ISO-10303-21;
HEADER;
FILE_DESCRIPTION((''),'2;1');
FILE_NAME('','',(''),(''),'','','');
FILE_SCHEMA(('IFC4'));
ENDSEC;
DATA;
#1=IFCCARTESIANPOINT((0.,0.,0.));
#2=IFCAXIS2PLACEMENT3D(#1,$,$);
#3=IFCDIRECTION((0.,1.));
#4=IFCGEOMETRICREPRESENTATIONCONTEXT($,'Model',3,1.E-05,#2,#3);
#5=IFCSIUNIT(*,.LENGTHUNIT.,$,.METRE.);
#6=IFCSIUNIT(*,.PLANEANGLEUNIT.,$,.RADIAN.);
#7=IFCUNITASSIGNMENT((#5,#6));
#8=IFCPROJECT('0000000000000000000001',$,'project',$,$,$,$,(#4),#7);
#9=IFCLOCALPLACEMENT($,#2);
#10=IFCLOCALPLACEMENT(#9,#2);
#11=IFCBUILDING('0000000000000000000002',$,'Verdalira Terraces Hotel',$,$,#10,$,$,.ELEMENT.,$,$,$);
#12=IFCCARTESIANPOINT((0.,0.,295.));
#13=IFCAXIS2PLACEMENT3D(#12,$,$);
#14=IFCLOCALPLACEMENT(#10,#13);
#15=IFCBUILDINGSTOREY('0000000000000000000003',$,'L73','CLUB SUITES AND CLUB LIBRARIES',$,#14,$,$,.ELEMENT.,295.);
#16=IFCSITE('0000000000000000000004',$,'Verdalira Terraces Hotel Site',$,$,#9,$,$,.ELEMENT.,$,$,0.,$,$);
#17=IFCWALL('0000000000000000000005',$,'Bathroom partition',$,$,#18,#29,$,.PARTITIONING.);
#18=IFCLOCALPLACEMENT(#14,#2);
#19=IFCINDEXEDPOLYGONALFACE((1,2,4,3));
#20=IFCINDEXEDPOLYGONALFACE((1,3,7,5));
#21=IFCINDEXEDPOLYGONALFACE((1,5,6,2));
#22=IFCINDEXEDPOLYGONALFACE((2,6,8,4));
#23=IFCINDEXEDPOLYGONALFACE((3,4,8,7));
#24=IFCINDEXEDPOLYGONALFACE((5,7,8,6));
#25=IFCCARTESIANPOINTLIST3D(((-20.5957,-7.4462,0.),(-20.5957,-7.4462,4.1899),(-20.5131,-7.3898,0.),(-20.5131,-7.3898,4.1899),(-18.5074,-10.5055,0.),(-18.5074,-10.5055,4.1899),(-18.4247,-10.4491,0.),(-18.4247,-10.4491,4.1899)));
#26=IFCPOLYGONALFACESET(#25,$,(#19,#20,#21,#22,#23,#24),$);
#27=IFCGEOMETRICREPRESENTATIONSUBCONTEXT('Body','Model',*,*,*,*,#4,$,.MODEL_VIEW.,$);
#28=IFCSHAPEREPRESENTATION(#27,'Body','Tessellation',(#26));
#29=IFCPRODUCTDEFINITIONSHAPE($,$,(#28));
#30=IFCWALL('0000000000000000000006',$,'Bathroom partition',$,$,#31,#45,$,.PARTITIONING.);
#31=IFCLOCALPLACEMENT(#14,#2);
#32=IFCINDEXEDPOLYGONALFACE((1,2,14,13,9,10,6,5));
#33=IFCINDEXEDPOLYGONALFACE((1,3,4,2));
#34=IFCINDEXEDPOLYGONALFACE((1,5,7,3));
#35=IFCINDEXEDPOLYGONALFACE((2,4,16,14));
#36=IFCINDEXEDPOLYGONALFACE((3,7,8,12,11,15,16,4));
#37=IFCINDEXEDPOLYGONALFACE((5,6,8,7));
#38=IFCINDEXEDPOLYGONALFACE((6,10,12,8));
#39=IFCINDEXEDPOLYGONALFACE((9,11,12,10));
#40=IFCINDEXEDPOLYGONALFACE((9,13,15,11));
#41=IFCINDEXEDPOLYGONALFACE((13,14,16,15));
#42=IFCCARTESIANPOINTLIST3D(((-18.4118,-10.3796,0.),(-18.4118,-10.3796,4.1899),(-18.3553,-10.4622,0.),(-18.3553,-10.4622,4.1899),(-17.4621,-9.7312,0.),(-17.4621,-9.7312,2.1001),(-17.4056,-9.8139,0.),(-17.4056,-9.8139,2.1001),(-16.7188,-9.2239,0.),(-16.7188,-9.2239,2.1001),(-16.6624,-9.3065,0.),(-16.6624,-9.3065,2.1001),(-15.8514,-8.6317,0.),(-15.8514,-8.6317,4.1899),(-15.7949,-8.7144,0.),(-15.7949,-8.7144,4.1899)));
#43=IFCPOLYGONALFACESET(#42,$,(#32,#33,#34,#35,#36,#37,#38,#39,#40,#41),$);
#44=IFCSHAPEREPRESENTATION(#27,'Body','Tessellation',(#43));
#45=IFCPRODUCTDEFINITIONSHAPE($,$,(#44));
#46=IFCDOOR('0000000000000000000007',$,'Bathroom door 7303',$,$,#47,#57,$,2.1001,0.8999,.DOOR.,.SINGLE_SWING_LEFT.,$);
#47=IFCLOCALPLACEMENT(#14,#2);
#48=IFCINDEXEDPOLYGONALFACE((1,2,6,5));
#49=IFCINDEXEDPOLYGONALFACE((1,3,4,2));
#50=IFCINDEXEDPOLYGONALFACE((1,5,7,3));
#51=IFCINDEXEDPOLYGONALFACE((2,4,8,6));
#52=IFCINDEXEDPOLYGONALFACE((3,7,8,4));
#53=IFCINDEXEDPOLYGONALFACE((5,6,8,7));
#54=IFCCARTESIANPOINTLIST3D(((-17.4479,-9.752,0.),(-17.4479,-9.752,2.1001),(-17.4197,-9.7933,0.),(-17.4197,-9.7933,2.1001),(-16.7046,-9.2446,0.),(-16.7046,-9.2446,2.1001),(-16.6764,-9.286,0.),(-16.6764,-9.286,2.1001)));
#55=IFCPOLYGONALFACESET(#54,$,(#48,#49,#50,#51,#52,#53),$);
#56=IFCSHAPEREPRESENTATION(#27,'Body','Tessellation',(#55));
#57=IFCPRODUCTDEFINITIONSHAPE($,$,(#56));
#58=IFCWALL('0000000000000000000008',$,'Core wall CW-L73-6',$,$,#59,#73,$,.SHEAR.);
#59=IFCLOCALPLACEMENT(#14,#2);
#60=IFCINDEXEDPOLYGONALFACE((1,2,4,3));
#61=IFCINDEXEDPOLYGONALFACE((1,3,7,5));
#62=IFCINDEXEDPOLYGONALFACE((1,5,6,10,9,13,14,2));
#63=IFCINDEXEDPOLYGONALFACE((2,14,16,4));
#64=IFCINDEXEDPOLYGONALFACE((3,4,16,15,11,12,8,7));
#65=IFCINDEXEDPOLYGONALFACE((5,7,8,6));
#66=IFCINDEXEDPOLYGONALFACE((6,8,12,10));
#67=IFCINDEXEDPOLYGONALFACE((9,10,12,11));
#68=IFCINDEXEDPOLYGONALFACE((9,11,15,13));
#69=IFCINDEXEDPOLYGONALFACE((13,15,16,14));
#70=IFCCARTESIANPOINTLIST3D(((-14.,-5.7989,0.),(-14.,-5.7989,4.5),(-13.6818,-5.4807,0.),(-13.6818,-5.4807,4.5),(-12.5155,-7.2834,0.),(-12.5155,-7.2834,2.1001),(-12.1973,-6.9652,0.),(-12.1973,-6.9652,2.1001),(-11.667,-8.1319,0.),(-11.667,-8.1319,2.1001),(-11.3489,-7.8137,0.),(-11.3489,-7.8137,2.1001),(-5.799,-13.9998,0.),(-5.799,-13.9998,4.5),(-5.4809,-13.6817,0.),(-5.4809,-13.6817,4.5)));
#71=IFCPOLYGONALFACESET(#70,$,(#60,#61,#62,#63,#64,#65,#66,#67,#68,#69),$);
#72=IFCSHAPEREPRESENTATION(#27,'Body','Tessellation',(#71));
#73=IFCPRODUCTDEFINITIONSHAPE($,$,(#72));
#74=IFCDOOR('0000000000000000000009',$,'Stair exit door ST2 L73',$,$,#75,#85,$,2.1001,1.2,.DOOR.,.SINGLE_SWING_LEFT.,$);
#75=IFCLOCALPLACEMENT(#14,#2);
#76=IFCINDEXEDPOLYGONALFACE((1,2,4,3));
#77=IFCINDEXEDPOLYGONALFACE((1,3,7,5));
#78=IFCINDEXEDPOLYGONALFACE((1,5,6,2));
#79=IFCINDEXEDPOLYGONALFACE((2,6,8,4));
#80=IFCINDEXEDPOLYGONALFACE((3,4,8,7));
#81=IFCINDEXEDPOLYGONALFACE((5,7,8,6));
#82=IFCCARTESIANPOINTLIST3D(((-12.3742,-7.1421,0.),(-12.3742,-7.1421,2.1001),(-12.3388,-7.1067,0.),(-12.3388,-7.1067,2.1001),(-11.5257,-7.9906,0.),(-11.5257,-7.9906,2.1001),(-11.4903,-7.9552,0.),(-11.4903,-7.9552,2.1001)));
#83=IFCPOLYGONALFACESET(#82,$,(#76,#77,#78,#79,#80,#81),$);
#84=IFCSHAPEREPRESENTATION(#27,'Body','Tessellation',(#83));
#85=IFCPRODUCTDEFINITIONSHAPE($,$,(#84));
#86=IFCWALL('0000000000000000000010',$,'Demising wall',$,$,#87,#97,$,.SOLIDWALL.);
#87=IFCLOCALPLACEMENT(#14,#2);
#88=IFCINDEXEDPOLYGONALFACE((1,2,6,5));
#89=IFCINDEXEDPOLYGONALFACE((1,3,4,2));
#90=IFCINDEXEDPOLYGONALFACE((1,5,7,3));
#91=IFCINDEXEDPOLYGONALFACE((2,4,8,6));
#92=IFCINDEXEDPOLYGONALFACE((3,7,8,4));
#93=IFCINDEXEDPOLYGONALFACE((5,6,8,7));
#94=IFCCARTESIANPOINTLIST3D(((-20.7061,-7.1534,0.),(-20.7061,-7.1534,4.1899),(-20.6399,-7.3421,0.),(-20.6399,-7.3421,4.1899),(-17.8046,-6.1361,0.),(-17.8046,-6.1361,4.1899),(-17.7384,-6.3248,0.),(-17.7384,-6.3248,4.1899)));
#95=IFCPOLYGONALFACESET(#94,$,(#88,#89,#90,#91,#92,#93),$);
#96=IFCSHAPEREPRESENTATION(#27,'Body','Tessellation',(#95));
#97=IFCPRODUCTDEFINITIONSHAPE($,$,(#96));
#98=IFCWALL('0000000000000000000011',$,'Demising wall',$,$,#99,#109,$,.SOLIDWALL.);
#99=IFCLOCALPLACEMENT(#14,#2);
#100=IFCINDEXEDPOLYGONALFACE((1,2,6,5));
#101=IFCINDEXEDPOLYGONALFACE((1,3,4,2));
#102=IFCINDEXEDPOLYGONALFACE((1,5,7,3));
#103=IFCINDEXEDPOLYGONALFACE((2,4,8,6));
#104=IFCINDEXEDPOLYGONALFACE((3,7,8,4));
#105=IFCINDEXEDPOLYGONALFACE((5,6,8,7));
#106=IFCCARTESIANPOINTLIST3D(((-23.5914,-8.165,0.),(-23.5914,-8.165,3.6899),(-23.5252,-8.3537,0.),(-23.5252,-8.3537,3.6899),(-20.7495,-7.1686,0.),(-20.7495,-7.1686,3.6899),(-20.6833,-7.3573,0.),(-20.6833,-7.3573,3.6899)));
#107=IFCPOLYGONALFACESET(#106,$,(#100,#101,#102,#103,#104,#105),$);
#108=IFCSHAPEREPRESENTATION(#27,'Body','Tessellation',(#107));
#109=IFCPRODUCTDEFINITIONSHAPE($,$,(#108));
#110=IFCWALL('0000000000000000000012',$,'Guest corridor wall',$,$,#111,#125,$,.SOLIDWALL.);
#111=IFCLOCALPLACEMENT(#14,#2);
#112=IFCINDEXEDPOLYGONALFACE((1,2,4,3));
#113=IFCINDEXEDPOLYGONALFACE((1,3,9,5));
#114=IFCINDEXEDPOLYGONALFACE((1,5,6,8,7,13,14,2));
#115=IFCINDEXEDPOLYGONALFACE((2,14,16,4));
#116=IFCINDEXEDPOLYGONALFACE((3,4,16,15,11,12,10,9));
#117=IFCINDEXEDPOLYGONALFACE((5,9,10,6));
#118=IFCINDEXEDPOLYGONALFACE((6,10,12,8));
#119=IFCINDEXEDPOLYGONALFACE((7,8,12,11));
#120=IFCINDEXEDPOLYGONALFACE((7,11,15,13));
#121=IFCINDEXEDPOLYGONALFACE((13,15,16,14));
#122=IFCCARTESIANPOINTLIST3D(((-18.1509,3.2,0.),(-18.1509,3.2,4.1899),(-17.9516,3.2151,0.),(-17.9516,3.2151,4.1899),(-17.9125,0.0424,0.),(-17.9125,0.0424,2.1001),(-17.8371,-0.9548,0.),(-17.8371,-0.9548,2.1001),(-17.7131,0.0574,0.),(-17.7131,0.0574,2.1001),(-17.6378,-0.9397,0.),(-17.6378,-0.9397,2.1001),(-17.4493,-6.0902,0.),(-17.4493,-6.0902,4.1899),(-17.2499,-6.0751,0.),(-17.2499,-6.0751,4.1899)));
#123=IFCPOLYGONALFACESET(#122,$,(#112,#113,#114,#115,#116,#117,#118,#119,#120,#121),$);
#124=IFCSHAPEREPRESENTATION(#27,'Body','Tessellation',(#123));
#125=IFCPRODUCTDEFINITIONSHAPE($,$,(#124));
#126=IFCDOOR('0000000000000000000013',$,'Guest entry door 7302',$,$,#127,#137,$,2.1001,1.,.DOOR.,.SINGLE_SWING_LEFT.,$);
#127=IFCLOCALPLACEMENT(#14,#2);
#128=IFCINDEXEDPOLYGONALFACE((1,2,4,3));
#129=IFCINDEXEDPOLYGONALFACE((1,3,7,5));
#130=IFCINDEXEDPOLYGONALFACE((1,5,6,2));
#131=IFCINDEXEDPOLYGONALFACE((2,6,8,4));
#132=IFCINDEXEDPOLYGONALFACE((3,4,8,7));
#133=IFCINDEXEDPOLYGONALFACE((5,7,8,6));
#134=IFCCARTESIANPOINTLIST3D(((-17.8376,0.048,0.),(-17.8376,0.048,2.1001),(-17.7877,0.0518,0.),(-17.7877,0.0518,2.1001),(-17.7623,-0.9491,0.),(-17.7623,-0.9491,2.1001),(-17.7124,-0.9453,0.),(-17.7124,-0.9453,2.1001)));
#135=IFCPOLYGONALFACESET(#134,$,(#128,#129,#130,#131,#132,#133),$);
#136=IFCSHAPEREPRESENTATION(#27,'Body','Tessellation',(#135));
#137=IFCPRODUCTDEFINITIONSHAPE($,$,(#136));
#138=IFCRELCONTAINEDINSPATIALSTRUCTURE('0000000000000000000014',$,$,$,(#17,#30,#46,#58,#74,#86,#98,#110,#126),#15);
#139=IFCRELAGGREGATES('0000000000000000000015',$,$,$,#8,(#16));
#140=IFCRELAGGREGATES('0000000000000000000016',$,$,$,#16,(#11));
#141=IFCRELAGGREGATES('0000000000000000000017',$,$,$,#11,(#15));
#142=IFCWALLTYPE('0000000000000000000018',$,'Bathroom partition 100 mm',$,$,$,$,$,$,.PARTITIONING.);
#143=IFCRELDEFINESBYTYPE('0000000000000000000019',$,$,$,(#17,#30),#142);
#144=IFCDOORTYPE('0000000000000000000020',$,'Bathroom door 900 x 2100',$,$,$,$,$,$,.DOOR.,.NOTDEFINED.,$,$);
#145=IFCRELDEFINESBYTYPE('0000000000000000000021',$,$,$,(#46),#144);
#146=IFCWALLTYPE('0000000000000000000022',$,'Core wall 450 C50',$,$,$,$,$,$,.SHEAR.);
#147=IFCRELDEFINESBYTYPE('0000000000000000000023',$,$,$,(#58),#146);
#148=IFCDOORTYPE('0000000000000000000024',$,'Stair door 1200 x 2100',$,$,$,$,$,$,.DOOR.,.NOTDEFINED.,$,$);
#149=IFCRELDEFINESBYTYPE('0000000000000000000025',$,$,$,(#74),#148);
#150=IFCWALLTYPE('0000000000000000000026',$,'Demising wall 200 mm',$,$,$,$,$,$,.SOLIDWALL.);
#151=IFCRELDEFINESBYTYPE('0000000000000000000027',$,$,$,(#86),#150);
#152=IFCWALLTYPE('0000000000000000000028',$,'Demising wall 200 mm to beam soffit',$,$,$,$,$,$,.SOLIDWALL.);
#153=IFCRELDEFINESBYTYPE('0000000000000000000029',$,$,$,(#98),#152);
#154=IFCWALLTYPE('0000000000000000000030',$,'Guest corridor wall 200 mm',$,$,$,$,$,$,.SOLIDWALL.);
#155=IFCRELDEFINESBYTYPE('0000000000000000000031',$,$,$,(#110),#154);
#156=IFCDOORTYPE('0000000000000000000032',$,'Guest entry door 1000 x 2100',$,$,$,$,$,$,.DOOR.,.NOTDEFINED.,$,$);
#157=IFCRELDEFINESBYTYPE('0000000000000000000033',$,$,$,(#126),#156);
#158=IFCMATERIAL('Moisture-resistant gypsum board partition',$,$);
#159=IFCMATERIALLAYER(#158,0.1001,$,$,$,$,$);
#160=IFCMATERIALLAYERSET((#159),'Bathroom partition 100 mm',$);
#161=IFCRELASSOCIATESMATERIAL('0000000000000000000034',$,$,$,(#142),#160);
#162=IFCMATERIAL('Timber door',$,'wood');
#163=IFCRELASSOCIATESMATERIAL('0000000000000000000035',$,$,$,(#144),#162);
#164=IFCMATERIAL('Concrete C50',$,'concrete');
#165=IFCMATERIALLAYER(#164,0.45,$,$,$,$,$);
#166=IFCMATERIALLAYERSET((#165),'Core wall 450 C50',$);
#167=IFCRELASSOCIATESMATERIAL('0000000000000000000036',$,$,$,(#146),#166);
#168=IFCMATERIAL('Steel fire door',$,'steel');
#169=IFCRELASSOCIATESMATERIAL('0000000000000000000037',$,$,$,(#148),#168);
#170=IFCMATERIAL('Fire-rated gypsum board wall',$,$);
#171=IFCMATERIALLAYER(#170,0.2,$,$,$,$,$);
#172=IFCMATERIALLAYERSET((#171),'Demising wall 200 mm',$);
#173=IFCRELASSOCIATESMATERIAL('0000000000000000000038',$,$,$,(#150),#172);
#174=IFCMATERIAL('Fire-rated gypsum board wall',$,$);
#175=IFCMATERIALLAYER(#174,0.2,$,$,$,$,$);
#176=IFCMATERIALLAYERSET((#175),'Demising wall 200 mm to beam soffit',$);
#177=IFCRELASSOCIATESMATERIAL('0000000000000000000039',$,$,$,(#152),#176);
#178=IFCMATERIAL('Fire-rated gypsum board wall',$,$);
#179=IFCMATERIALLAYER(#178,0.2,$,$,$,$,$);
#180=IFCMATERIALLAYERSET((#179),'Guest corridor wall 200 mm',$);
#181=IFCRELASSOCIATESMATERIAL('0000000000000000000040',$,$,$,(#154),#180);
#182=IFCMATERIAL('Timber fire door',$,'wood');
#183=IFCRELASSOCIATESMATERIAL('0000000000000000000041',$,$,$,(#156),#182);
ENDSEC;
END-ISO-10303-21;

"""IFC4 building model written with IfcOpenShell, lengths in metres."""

from ifc_helpers import new_model, si_unit, direction, frame, frame_2d, origin, place, context, subcontext, project, spatial, rectangle, extrude, material, layer, layer_set, type_object, element, fill, save


model = new_model("IFC4")

# Units and contexts
model_context = context("Model", 3, precision=1e-05, world=origin(), true_north=direction((0.0, 1.0)))
body_context = subcontext(model_context, "Body", "Model", "MODEL_VIEW")
ifc_project = project(units=[si_unit("LENGTHUNIT", "METRE"), si_unit("PLANEANGLEUNIT", "RADIAN")], contexts=[model_context])

# Site, building, storey
site_placement = place(None, origin())
site = spatial("IfcSite", under=ifc_project, at=site_placement, Name="Verdalira Terraces Hotel Site", CompositionType="ELEMENT", RefElevation=0.0)
building_placement = place(site_placement, origin())
building = spatial("IfcBuilding", under=site, at=building_placement, Name="Verdalira Terraces Hotel", CompositionType="ELEMENT")
storey_placement = place(building_placement, frame((0.0, 0.0, 295.0)))
storey = spatial("IfcBuildingStorey", under=building, at=storey_placement, Name="L73", Description="CLUB SUITES AND CLUB LIBRARIES", CompositionType="ELEMENT", Elevation=295.0)

# Wall
ifc_material_1 = material(Name="Moisture-resistant gypsum board partition")
ifc_layer_1 = layer(ifc_material_1, 0.1001)
ifc_layer_set_1 = layer_set([ifc_layer_1], Name="Bathroom partition 100 mm")
wall_type_1 = type_object("IfcWallType", Name="Bathroom partition 100 mm", PredefinedType="PARTITIONING", material=ifc_layer_set_1)
wall_1_placement = place(storey_placement, frame((-18.4661, -10.4773, 0.0), z_axis=(0.0, 0.0, 1.0), x_axis=(-0.563793, 0.825916, 0.0)))
element("IfcWall", 1, at=wall_1_placement, inside=storey, type_object=wall_type_1, Name="Bathroom partition", PredefinedType="PARTITIONING", context=body_context, shape_type="SweptSolid", body=[
    extrude(rectangle(XDim=3.7041, YDim=0.1001, at=frame_2d((1.8521, 0.0))), origin(), (0.0, 0.0, 1.0), 4.1899),
])

# Walls, openings, doors
wall_2_placement = place(storey_placement, frame((-18.3835, -10.4209, 0.0), z_axis=(0.0, 0.0, 1.0), x_axis=(0.825906, 0.563808, 0.0)))
wall_2 = element("IfcWall", 2, at=wall_2_placement, inside=storey, type_object=wall_type_1, Name="Bathroom partition", PredefinedType="PARTITIONING", context=body_context, shape_type="SweptSolid", body=[
    extrude(rectangle(XDim=3.1001, YDim=0.1001, at=frame_2d((1.55, 0.0))), origin(), (0.0, 0.0, 1.0), 4.1899),
])
opening_1_placement = place(wall_2_placement, frame((1.1499, 0.0, 0.0)))
opening_1 = element("IfcOpeningElement", 3, at=opening_1_placement, cuts=wall_2, PredefinedType="OPENING", context=body_context, shape_type="SweptSolid", body=[
    extrude(rectangle(XDim=0.8999, YDim=2.1001, at=frame_2d((0.45, 1.05))), frame((0.0, 0.0601, 0.0), z_axis=(0.0, -1.0, 0.0), x_axis=(1.0, 0.0, 0.0)), (0.0, 0.0, 1.0), 0.1201),
])
ifc_material_2 = material(Name="Timber door", Category="wood")
door_type_1 = type_object("IfcDoorType", Name="Bathroom door 900 x 2100", OperationType="NOTDEFINED", PredefinedType="DOOR", material=ifc_material_2)
door_1_placement = place(opening_1_placement, origin())
door_1 = element("IfcDoor", 4, at=door_1_placement, inside=storey, type_object=door_type_1, Name="Bathroom door 7303", OperationType="SINGLE_SWING_LEFT", OverallHeight=2.1001, OverallWidth=0.8999, PredefinedType="DOOR", context=body_context, shape_type="SweptSolid", body=[
    extrude(rectangle(XDim=0.8999, YDim=2.1001, at=frame_2d((0.45, 1.05))), frame((0.0, 0.0249, 0.0), z_axis=(0.0, -1.0, 0.0), x_axis=(1.0, 0.0, 0.0)), (0.0, 0.0, 1.0), 0.05),
])
fill(opening_1, door_1)
ifc_material_3 = material(Name="Concrete C50", Category="concrete")
ifc_layer_2 = layer(ifc_material_3, 0.45)
ifc_layer_set_2 = layer_set([ifc_layer_2], Name="Core wall 450 C50")
wall_type_2 = type_object("IfcWallType", Name="Core wall 450 C50", PredefinedType="SHEAR", material=ifc_layer_set_2)
wall_3_placement = place(storey_placement, frame((-13.8408, -5.6399, 0.0), z_axis=(0.0, 0.0, 1.0), x_axis=(0.707107, -0.707107, 0.0)))
wall_3 = element("IfcWall", 5, at=wall_3_placement, inside=storey, type_object=wall_type_2, Name="Core wall CW-L73-6", PredefinedType="SHEAR", context=body_context, shape_type="SweptSolid", body=[
    extrude(rectangle(XDim=11.5979, YDim=0.45, at=frame_2d((5.7988, 0.0))), origin(), (0.0, 0.0, 1.0), 4.5),
])
opening_2_placement = place(wall_3_placement, frame((2.0991, 0.0, 0.0)))
opening_2 = element("IfcOpeningElement", 6, at=opening_2_placement, cuts=wall_3, PredefinedType="OPENING", context=body_context, shape_type="SweptSolid", body=[
    extrude(rectangle(XDim=1.2, YDim=2.1001, at=frame_2d((0.6001, 1.05))), frame((0.0, 0.2349, 0.0), z_axis=(0.0, -1.0, 0.0), x_axis=(1.0, 0.0, 0.0)), (0.0, 0.0, 1.0), 0.47),
])
ifc_material_4 = material(Name="Steel fire door", Category="steel")
door_type_2 = type_object("IfcDoorType", Name="Stair door 1200 x 2100", OperationType="NOTDEFINED", PredefinedType="DOOR", material=ifc_material_4)
door_2_placement = place(opening_2_placement, origin())
door_2 = element("IfcDoor", 7, at=door_2_placement, inside=storey, type_object=door_type_2, Name="Stair exit door ST2 L73", OperationType="SINGLE_SWING_LEFT", OverallHeight=2.1001, OverallWidth=1.2, PredefinedType="DOOR", context=body_context, shape_type="SweptSolid", body=[
    extrude(rectangle(XDim=1.2, YDim=2.1001, at=frame_2d((0.6001, 1.05))), frame((0.0, 0.0249, 0.0), z_axis=(0.0, -1.0, 0.0), x_axis=(1.0, 0.0, 0.0)), (0.0, 0.0, 1.0), 0.05),
])
fill(opening_2, door_2)

# Walls
ifc_material_5 = material(Name="Fire-rated gypsum board wall")
ifc_layer_3 = layer(ifc_material_5, 0.2)
ifc_layer_set_3 = layer_set([ifc_layer_3], Name="Demising wall 200 mm")
wall_type_3 = type_object("IfcWallType", Name="Demising wall 200 mm", PredefinedType="SOLIDWALL", material=ifc_layer_set_3)
wall_4_placement = place(storey_placement, frame((-17.7715, -6.2305, 0.0), z_axis=(0.0, 0.0, 1.0), x_axis=(-0.943679, -0.330863, 0.0)))
element("IfcWall", 8, at=wall_4_placement, inside=storey, type_object=wall_type_3, Name="Demising wall", PredefinedType="SOLIDWALL", context=body_context, shape_type="SweptSolid", body=[
    extrude(rectangle(XDim=3.0747, YDim=0.2, at=frame_2d((1.5374, 0.0))), origin(), (0.0, 0.0, 1.0), 4.1899),
])
ifc_material_6 = material(Name="Fire-rated gypsum board wall")
ifc_layer_4 = layer(ifc_material_6, 0.2)
ifc_layer_set_4 = layer_set([ifc_layer_4], Name="Demising wall 200 mm to beam soffit")
wall_type_4 = type_object("IfcWallType", Name="Demising wall 200 mm to beam soffit", PredefinedType="SOLIDWALL", material=ifc_layer_set_4)
wall_5_placement = place(storey_placement, frame((-20.7163, -7.2629, 0.0), z_axis=(0.0, 0.0, 1.0), x_axis=(-0.943681, -0.330856, 0.0)))
element("IfcWall", 9, at=wall_5_placement, inside=storey, type_object=wall_type_4, Name="Demising wall", PredefinedType="SOLIDWALL", context=body_context, shape_type="SweptSolid", body=[
    extrude(rectangle(XDim=3.0115, YDim=0.2, at=frame_2d((1.5059, 0.0))), origin(), (0.0, 0.0, 1.0), 3.6899),
])

# Wall, opening, door
ifc_material_7 = material(Name="Fire-rated gypsum board wall")
ifc_layer_5 = layer(ifc_material_7, 0.2)
ifc_layer_set_5 = layer_set([ifc_layer_5], Name="Guest corridor wall 200 mm")
wall_type_5 = type_object("IfcWallType", Name="Guest corridor wall 200 mm", PredefinedType="SOLIDWALL", material=ifc_layer_set_5)
wall_6_placement = place(storey_placement, frame((-17.3496, -6.0825, 0.0), z_axis=(0.0, 0.0, 1.0), x_axis=(-0.075312, 0.99716, 0.0)))
wall_6 = element("IfcWall", 10, at=wall_6_placement, inside=storey, type_object=wall_type_5, Name="Guest corridor wall", PredefinedType="SOLIDWALL", context=body_context, shape_type="SweptSolid", body=[
    extrude(rectangle(XDim=9.3166, YDim=0.2, at=frame_2d((4.6582, 0.0))), origin(), (0.0, 0.0, 1.0), 4.1899),
])
opening_3_placement = place(wall_6_placement, frame((5.1499, 0.0, 0.0)))
opening_3 = element("IfcOpeningElement", 11, at=opening_3_placement, cuts=wall_6, PredefinedType="OPENING", context=body_context, shape_type="SweptSolid", body=[
    extrude(rectangle(XDim=1.0, YDim=2.1001, at=frame_2d((0.5, 1.05))), frame((0.0, 0.1099, 0.0), z_axis=(0.0, -1.0, 0.0), x_axis=(1.0, 0.0, 0.0)), (0.0, 0.0, 1.0), 0.22),
])
ifc_material_8 = material(Name="Timber fire door", Category="wood")
door_type_3 = type_object("IfcDoorType", Name="Guest entry door 1000 x 2100", OperationType="NOTDEFINED", PredefinedType="DOOR", material=ifc_material_8)
door_3_placement = place(opening_3_placement, origin())
door_3 = element("IfcDoor", 12, at=door_3_placement, inside=storey, type_object=door_type_3, Name="Guest entry door 7302", OperationType="SINGLE_SWING_LEFT", OverallHeight=2.1001, OverallWidth=1.0, PredefinedType="DOOR", context=body_context, shape_type="SweptSolid", body=[
    extrude(rectangle(XDim=1.0, YDim=2.1001, at=frame_2d((0.5, 1.05))), frame((0.0, 0.0249, 0.0), z_axis=(0.0, -1.0, 0.0), x_axis=(1.0, 0.0, 0.0)), (0.0, 0.0, 1.0), 0.05),
])
fill(opening_3, door_3)

save(model, "model.ifc")
